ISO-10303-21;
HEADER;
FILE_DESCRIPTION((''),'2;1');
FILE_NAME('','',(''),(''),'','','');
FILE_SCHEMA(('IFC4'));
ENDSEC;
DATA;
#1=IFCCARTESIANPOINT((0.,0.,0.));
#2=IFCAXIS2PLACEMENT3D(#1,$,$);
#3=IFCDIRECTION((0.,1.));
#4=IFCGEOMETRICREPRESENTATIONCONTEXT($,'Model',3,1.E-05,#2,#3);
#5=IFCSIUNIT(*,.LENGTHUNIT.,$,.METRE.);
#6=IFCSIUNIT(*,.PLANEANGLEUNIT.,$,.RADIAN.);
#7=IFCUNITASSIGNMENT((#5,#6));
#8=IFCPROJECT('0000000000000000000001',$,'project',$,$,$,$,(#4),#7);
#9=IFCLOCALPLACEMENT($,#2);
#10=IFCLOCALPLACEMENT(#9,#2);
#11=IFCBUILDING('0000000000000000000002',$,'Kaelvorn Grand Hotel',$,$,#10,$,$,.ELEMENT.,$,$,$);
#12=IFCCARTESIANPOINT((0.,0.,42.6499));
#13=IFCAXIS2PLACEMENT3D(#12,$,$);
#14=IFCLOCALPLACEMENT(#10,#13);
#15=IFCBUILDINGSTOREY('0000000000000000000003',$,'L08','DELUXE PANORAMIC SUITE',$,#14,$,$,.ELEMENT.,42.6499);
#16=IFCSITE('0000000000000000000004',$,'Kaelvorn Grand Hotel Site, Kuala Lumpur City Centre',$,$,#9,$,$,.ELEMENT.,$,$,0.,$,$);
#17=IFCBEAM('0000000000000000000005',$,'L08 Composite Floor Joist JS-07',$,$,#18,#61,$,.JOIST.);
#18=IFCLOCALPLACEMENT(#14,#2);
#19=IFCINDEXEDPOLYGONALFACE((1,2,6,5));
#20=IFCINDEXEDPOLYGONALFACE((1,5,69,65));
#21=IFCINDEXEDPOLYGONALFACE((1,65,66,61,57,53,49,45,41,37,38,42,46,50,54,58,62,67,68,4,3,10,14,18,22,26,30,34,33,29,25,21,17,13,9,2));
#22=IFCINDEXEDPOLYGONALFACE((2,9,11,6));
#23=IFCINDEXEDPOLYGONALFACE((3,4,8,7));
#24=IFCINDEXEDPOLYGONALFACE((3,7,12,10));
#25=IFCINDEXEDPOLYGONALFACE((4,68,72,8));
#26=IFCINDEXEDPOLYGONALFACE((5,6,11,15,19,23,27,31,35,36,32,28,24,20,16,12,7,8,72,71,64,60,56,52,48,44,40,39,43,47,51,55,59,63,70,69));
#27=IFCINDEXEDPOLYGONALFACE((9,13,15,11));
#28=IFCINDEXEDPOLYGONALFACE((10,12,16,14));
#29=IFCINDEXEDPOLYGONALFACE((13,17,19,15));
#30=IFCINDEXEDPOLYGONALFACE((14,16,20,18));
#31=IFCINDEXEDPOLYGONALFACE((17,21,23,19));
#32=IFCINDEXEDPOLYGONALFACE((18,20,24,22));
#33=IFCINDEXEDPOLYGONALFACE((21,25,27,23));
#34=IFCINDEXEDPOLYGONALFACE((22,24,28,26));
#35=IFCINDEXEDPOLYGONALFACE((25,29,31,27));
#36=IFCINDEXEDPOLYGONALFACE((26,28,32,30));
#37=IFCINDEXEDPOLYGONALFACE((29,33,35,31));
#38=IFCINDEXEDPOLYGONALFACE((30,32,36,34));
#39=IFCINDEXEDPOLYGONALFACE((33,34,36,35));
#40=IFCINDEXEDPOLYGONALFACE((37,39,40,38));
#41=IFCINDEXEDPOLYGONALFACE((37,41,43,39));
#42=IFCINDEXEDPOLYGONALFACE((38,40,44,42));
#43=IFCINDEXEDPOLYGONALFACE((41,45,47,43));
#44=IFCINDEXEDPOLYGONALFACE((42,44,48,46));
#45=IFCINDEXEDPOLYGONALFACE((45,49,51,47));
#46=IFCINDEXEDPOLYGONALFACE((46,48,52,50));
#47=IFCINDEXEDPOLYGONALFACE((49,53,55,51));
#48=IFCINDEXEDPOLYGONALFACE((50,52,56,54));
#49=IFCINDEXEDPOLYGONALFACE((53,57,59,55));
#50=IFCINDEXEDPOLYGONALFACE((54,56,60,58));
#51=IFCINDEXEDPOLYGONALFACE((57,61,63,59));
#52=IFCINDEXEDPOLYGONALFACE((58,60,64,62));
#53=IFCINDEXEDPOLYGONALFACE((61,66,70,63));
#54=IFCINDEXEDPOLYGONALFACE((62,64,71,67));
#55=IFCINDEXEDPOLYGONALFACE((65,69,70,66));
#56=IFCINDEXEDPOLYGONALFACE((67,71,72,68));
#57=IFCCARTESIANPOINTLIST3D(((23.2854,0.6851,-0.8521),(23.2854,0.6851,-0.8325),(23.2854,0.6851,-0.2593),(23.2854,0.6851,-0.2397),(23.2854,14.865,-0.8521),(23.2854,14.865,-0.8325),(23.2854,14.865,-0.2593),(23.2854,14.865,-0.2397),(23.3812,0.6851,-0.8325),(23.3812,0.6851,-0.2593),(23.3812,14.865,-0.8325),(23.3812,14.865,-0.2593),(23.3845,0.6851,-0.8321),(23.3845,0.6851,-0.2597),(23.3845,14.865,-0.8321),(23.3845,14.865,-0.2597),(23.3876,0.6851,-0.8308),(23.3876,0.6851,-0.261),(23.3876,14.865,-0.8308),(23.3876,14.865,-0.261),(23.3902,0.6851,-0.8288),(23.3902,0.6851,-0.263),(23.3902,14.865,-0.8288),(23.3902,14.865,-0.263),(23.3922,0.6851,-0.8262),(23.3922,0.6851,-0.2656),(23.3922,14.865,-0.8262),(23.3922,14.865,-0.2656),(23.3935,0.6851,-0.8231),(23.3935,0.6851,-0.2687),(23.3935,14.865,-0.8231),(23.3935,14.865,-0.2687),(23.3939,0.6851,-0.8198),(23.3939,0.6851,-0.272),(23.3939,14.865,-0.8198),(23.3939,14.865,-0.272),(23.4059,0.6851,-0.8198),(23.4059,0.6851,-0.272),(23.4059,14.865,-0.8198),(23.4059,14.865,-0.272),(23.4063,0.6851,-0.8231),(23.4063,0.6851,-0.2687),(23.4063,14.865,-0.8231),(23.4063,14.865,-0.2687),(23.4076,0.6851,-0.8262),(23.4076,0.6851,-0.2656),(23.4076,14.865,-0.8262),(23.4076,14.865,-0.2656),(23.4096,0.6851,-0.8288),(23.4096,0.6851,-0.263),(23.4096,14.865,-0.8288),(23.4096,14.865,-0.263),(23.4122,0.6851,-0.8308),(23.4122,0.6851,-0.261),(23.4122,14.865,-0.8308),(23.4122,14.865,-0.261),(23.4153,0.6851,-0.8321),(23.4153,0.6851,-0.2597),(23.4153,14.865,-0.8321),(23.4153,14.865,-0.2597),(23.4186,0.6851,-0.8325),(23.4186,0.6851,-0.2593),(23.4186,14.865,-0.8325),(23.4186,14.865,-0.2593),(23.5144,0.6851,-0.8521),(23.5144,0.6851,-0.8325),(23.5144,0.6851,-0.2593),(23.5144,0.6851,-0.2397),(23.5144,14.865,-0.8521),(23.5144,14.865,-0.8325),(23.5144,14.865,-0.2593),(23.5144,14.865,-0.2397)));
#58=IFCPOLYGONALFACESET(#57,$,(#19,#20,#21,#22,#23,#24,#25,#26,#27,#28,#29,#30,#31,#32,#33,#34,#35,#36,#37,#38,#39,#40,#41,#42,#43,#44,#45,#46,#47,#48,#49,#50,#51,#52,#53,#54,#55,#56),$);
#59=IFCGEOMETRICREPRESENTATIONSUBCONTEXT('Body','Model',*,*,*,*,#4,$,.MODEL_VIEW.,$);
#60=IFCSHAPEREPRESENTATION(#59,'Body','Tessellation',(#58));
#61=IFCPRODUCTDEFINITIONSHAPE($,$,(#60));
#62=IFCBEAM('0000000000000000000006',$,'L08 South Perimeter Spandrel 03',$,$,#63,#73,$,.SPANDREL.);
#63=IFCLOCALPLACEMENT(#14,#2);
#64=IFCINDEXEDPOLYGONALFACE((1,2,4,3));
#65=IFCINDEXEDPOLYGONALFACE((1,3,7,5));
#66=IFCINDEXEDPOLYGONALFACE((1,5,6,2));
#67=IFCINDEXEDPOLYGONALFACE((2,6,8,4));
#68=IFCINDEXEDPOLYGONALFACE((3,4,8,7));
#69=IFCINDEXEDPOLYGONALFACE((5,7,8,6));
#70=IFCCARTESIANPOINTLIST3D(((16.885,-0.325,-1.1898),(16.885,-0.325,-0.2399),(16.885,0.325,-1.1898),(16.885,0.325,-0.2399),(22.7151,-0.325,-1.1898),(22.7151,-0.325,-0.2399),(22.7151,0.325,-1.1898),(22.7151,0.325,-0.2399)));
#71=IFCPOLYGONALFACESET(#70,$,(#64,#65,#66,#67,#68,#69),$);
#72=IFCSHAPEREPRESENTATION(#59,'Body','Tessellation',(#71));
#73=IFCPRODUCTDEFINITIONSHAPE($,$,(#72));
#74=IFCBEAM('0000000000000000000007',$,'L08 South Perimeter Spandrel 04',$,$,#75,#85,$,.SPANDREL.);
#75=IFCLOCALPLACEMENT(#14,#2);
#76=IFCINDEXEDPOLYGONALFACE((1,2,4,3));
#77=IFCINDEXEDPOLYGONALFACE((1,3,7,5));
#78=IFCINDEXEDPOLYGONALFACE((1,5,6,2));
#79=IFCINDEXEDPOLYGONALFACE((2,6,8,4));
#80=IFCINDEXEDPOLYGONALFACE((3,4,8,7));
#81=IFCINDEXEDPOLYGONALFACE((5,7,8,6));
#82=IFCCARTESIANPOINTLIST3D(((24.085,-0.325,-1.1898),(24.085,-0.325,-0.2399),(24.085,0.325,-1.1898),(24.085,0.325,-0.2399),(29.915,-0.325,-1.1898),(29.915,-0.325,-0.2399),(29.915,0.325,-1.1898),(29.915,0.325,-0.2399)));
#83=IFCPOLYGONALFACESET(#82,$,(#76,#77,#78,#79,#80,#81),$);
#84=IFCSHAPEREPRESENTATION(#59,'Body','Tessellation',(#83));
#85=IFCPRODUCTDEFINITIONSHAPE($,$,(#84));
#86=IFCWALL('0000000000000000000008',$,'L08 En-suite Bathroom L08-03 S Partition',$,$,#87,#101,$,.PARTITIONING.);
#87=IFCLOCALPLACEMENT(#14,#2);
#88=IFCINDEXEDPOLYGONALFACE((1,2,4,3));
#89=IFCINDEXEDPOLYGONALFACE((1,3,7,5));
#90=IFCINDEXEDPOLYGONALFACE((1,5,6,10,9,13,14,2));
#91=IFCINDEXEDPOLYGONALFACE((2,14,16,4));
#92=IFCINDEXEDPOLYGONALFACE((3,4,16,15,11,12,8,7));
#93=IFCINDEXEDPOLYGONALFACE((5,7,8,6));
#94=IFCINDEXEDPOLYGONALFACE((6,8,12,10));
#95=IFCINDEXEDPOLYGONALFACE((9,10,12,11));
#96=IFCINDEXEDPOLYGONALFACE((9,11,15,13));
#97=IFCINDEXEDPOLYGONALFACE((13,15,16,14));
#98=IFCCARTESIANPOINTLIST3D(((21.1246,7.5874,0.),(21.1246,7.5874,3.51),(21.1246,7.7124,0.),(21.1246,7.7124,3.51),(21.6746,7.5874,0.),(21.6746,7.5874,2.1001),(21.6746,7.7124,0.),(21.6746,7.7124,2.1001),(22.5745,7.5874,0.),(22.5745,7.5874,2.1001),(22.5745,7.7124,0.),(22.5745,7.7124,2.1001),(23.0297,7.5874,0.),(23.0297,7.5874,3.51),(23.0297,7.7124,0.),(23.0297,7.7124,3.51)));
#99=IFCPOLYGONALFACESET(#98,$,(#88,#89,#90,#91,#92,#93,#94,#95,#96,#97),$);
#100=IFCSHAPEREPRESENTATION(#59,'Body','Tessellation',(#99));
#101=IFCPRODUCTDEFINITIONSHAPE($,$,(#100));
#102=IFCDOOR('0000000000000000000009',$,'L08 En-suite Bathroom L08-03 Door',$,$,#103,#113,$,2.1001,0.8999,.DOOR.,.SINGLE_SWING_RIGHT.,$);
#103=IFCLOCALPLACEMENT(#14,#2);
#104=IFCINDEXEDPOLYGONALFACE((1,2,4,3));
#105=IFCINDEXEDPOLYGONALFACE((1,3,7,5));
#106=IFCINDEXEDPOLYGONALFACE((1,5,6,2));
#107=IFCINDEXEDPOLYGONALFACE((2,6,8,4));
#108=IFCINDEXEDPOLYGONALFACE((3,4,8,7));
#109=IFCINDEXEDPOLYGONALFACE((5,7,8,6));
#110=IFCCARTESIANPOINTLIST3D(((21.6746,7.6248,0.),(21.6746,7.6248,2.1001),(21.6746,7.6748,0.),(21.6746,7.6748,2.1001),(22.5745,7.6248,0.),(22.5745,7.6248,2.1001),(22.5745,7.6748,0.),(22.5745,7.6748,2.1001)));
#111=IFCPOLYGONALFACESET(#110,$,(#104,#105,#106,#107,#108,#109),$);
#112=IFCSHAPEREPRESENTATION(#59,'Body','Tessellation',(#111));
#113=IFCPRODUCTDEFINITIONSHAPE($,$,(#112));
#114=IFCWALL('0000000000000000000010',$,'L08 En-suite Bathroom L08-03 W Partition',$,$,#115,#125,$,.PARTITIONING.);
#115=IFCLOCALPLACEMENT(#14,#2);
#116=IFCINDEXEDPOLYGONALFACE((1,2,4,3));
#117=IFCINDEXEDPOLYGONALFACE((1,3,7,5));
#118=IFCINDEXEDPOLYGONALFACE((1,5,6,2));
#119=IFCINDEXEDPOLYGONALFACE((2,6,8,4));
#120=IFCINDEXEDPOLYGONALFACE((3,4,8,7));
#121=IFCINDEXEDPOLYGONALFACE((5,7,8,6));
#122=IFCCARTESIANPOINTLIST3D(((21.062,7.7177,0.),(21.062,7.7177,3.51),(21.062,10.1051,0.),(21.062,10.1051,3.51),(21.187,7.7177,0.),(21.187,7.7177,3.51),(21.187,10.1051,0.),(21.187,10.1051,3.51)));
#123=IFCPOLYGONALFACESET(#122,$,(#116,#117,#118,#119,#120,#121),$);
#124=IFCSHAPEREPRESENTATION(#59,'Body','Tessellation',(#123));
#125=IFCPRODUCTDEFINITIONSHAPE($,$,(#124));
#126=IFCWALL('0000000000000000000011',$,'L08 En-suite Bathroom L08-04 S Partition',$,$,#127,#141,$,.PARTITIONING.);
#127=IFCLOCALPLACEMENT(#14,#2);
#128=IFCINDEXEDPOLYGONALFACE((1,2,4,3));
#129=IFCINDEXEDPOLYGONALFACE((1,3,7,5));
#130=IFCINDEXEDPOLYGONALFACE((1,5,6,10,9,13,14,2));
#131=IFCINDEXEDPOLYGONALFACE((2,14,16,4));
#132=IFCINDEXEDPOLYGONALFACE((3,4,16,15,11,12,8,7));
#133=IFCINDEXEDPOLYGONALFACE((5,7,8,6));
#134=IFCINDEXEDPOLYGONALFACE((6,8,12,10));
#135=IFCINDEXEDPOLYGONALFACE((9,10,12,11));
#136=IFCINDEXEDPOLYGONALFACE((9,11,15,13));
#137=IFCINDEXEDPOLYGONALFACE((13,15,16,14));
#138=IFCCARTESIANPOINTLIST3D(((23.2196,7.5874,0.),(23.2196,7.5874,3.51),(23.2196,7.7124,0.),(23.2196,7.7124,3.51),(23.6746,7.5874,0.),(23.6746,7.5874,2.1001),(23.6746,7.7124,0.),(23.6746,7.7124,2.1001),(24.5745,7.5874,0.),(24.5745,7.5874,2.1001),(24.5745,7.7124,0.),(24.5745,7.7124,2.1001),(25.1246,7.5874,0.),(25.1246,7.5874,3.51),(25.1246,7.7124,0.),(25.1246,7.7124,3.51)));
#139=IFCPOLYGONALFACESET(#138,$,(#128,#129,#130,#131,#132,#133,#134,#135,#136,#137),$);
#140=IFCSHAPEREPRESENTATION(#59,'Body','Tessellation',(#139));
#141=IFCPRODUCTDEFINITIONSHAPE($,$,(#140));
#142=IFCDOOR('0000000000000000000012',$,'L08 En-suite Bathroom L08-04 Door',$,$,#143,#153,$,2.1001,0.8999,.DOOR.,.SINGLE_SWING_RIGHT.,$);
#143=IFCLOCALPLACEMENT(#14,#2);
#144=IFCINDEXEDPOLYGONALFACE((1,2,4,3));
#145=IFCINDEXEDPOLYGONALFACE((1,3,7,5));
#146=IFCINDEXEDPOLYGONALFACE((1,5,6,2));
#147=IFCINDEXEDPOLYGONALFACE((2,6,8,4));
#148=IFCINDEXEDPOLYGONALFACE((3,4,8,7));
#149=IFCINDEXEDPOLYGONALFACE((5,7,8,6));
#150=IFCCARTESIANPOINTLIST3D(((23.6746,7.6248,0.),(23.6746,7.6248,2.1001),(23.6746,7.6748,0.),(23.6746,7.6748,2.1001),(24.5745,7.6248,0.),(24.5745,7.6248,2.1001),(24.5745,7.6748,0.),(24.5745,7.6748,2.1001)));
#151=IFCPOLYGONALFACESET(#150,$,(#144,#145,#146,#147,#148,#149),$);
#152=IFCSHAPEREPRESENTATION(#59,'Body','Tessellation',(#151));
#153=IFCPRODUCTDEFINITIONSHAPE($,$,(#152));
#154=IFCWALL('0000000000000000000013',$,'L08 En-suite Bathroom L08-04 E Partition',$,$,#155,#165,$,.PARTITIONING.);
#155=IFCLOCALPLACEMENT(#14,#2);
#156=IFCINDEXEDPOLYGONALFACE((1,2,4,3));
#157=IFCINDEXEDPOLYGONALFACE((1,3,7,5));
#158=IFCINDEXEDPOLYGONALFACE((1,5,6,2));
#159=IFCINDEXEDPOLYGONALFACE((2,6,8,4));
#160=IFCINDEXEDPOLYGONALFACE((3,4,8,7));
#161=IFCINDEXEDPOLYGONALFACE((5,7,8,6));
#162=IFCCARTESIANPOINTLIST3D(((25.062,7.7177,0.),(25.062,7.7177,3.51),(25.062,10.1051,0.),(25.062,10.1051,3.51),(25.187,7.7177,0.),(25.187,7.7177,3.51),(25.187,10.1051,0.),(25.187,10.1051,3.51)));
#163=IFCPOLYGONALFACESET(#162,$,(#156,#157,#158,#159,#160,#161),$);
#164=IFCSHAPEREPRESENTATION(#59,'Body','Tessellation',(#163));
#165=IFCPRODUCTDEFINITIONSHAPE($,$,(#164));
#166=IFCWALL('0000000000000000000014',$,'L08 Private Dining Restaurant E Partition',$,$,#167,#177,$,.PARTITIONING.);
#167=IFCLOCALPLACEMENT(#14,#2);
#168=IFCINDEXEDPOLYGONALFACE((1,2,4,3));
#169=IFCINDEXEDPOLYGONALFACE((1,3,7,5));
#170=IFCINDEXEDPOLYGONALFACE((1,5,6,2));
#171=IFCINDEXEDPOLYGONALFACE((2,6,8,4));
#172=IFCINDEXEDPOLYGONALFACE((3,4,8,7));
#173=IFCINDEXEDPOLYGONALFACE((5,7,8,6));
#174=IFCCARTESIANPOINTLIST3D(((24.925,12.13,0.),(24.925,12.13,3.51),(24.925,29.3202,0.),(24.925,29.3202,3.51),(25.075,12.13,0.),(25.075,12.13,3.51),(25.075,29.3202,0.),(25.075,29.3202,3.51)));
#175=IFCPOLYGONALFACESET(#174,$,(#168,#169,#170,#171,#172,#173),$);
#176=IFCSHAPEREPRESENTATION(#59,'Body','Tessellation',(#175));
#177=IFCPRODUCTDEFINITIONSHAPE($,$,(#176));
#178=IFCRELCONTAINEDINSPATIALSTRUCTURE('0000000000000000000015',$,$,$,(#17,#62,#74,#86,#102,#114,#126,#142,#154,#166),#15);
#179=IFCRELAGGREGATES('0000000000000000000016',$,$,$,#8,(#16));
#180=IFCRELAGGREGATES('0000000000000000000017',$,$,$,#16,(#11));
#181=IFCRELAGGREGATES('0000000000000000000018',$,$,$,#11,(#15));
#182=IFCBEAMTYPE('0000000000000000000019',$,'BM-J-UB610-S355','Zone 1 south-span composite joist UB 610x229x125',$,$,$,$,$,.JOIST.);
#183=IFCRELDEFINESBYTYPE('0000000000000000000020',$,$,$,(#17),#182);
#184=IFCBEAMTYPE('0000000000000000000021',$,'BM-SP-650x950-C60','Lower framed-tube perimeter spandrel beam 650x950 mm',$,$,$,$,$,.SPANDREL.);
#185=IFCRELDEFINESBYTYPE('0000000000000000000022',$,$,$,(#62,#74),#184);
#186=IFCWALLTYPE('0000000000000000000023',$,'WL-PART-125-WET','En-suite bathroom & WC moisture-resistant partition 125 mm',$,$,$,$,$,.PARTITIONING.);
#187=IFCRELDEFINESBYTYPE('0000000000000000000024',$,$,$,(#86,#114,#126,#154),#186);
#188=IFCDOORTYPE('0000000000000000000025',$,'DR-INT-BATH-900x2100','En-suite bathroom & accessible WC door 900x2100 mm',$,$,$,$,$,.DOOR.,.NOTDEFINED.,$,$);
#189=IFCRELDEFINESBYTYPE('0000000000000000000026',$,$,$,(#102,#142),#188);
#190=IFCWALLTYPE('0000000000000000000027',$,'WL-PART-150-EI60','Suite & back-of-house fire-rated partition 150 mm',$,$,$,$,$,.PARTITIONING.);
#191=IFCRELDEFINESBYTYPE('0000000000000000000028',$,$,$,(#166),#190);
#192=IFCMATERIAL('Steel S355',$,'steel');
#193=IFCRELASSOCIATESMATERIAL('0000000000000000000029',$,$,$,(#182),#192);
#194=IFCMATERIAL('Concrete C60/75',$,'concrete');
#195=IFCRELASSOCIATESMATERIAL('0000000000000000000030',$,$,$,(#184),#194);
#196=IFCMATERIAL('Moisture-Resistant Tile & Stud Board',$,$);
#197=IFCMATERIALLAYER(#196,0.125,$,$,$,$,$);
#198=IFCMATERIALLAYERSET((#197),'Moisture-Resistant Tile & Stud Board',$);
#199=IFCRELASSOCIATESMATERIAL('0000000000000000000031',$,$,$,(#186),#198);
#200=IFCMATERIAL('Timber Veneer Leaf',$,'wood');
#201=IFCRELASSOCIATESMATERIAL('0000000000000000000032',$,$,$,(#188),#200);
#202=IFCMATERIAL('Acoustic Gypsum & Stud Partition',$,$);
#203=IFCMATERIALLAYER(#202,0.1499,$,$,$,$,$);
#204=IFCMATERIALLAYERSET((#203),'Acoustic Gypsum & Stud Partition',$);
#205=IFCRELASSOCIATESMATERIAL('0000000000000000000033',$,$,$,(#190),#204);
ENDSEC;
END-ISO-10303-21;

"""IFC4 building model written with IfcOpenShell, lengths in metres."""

from ifc_helpers import new_model, si_unit, direction, frame, frame_2d, origin, origin_2d, place, context, subcontext, project, spatial, rectangle, i_section, extrude, material, layer, layer_set, material_profile, profile_set, type_object, element, fill, save


model = new_model("IFC4")

# Units and contexts
model_context = context("Model", 3, precision=1e-05, world=origin(), true_north=direction((0.0, 1.0)))
body_context = subcontext(model_context, "Body", "Model", "MODEL_VIEW")
ifc_project = project(units=[si_unit("LENGTHUNIT", "METRE"), si_unit("PLANEANGLEUNIT", "RADIAN")], contexts=[model_context])

# Site, building, storey
site_placement = place(None, origin())
site = spatial("IfcSite", under=ifc_project, at=site_placement, Name="Kaelvorn Grand Hotel Site, Kuala Lumpur City Centre", CompositionType="ELEMENT", RefElevation=0.0)
building_placement = place(site_placement, origin())
building = spatial("IfcBuilding", under=site, at=building_placement, Name="Kaelvorn Grand Hotel", CompositionType="ELEMENT")
storey_placement = place(building_placement, frame((0.0, 0.0, 42.6499)))
storey = spatial("IfcBuildingStorey", under=building, at=storey_placement, Name="L08", Description="DELUXE PANORAMIC SUITE", CompositionType="ELEMENT", Elevation=42.6499)

# Beams
ifc_material_1 = material(Name="Steel S355", Category="steel")
ifc_material_profile_1 = material_profile(ifc_material_1, i_section(OverallWidth=0.229, OverallDepth=0.6123, WebThickness=0.012, FlangeThickness=0.0195, FilletRadius=0.0127, at=origin_2d()), Name="UB 610x229x125")
ifc_profile_set_1 = profile_set([ifc_material_profile_1], Name="Steel S355")
beam_type_1 = type_object("IfcBeamType", Name="BM-J-UB610-S355", Description="Zone 1 south-span composite joist UB 610x229x125", PredefinedType="JOIST", material=ifc_profile_set_1)
beam_1_placement = place(storey_placement, frame((23.3999, 0.6851, -0.5459), z_axis=(0.0, 1.0, 0.0), x_axis=(-1.0, 0.0, 0.0)))
element("IfcBeam", 1, at=beam_1_placement, inside=storey, type_object=beam_type_1, Name="L08 Composite Floor Joist JS-07", PredefinedType="JOIST", context=body_context, shape_type="SweptSolid", body=[
    extrude(i_section(OverallWidth=0.229, OverallDepth=0.6123, WebThickness=0.012, FlangeThickness=0.0195, FilletRadius=0.0127, at=origin_2d()), origin(), (0.0, 0.0, 1.0), 14.1799),
])
ifc_material_2 = material(Name="Concrete C60/75", Category="concrete")
ifc_material_profile_2 = material_profile(ifc_material_2, rectangle(XDim=0.6499, YDim=0.95, at=origin_2d()), Name="RC SPANDREL 650x950")
ifc_profile_set_2 = profile_set([ifc_material_profile_2], Name="Concrete C60/75")
beam_type_2 = type_object("IfcBeamType", Name="BM-SP-650x950-C60", Description="Lower framed-tube perimeter spandrel beam 650x950 mm", PredefinedType="SPANDREL", material=ifc_profile_set_2)
for number, where, z_axis, x_axis, name in (
    (2, (16.885, 0.0, -0.7148), (1.0, 0.0, 0.0), (0.0, 1.0, 0.0), "L08 South Perimeter Spandrel 03"),
    (3, (24.085, 0.0, -0.7148), (1.0, 0.0, 0.0), (0.0, 1.0, 0.0), "L08 South Perimeter Spandrel 04"),
):
    element("IfcBeam", number, at=place(storey_placement, frame(where, z_axis=z_axis, x_axis=x_axis)), inside=storey, type_object=beam_type_2, Name=name, PredefinedType="SPANDREL", context=body_context, shape_type="SweptSolid", body=[
        extrude(rectangle(XDim=0.6499, YDim=0.95, at=origin_2d()), origin(), (0.0, 0.0, 1.0), 5.8301),
    ])

# Wall, opening, door
ifc_material_3 = material(Name="Moisture-Resistant Tile & Stud Board")
ifc_layer_1 = layer(ifc_material_3, 0.125)
ifc_layer_set_1 = layer_set([ifc_layer_1], Name="Moisture-Resistant Tile & Stud Board")
wall_type_1 = type_object("IfcWallType", Name="WL-PART-125-WET", Description="En-suite bathroom & WC moisture-resistant partition 125 mm", PredefinedType="PARTITIONING", material=ifc_layer_set_1)
wall_1_placement = place(storey_placement, frame((21.1245, 7.6499, 0.0), z_axis=(0.0, 0.0, 1.0), x_axis=(1.0, 0.0, 0.0)))
wall_1 = element("IfcWall", 4, at=wall_1_placement, inside=storey, type_object=wall_type_1, Name="L08 En-suite Bathroom L08-03 S Partition", PredefinedType="PARTITIONING", context=body_context, shape_type="SweptSolid", body=[
    extrude(rectangle(XDim=1.905, YDim=0.125, at=frame_2d((0.9526, 0.0))), origin(), (0.0, 0.0, 1.0), 3.51),
])
opening_1_placement = place(wall_1_placement, frame((0.55, 0.0, 0.0)))
opening_1 = element("IfcOpeningElement", 5, at=opening_1_placement, cuts=wall_1, PredefinedType="OPENING", context=body_context, shape_type="SweptSolid", body=[
    extrude(rectangle(XDim=0.8999, YDim=2.1001, at=frame_2d((0.45, 1.05))), frame((0.0, 0.0725, 0.0), z_axis=(0.0, -1.0, 0.0), x_axis=(1.0, 0.0, 0.0)), (0.0, 0.0, 1.0), 0.145),
])
ifc_material_4 = material(Name="Timber Veneer Leaf", Category="wood")
door_type_1 = type_object("IfcDoorType", Name="DR-INT-BATH-900x2100", Description="En-suite bathroom & accessible WC door 900x2100 mm", OperationType="NOTDEFINED", PredefinedType="DOOR", material=ifc_material_4)
door_1_placement = place(opening_1_placement, origin())
door_1 = element("IfcDoor", 6, at=door_1_placement, inside=storey, type_object=door_type_1, Name="L08 En-suite Bathroom L08-03 Door", OperationType="SINGLE_SWING_RIGHT", OverallHeight=2.1001, OverallWidth=0.8999, PredefinedType="DOOR", context=body_context, shape_type="SweptSolid", body=[
    extrude(rectangle(XDim=0.8999, YDim=2.1001, at=frame_2d((0.45, 1.05))), frame((0.0, 0.0249, 0.0), z_axis=(0.0, -1.0, 0.0), x_axis=(1.0, 0.0, 0.0)), (0.0, 0.0, 1.0), 0.05),
])
fill(opening_1, door_1)

# Wall
wall_2_placement = place(storey_placement, frame((21.1245, 7.7175, 0.0), z_axis=(0.0, 0.0, 1.0), x_axis=(0.0, 1.0, 0.0)))
element("IfcWall", 7, at=wall_2_placement, inside=storey, type_object=wall_type_1, Name="L08 En-suite Bathroom L08-03 W Partition", PredefinedType="PARTITIONING", context=body_context, shape_type="SweptSolid", body=[
    extrude(rectangle(XDim=2.3875, YDim=0.125, at=frame_2d((1.1938, 0.0))), origin(), (0.0, 0.0, 1.0), 3.51),
])

# Wall, opening, door
wall_3_placement = place(storey_placement, frame((23.2195, 7.6499, 0.0), z_axis=(0.0, 0.0, 1.0), x_axis=(1.0, 0.0, 0.0)))
wall_3 = element("IfcWall", 8, at=wall_3_placement, inside=storey, type_object=wall_type_1, Name="L08 En-suite Bathroom L08-04 S Partition", PredefinedType="PARTITIONING", context=body_context, shape_type="SweptSolid", body=[
    extrude(rectangle(XDim=1.905, YDim=0.125, at=frame_2d((0.9526, 0.0))), origin(), (0.0, 0.0, 1.0), 3.51),
])
opening_2_placement = place(wall_3_placement, frame((0.4551, 0.0, 0.0)))
opening_2 = element("IfcOpeningElement", 9, at=opening_2_placement, cuts=wall_3, PredefinedType="OPENING", context=body_context, shape_type="SweptSolid", body=[
    extrude(rectangle(XDim=0.8999, YDim=2.1001, at=frame_2d((0.45, 1.05))), frame((0.0, 0.0725, 0.0), z_axis=(0.0, -1.0, 0.0), x_axis=(1.0, 0.0, 0.0)), (0.0, 0.0, 1.0), 0.145),
])
door_2_placement = place(opening_2_placement, origin())
door_2 = element("IfcDoor", 10, at=door_2_placement, inside=storey, type_object=door_type_1, Name="L08 En-suite Bathroom L08-04 Door", OperationType="SINGLE_SWING_RIGHT", OverallHeight=2.1001, OverallWidth=0.8999, PredefinedType="DOOR", context=body_context, shape_type="SweptSolid", body=[
    extrude(rectangle(XDim=0.8999, YDim=2.1001, at=frame_2d((0.45, 1.05))), frame((0.0, 0.0249, 0.0), z_axis=(0.0, -1.0, 0.0), x_axis=(1.0, 0.0, 0.0)), (0.0, 0.0, 1.0), 0.05),
])
fill(opening_2, door_2)

# Walls
wall_4_placement = place(storey_placement, frame((25.1245, 7.7175, 0.0), z_axis=(0.0, 0.0, 1.0), x_axis=(0.0, 1.0, 0.0)))
element("IfcWall", 11, at=wall_4_placement, inside=storey, type_object=wall_type_1, Name="L08 En-suite Bathroom L08-04 E Partition", PredefinedType="PARTITIONING", context=body_context, shape_type="SweptSolid", body=[
    extrude(rectangle(XDim=2.3875, YDim=0.125, at=frame_2d((1.1938, 0.0))), origin(), (0.0, 0.0, 1.0), 3.51),
])
ifc_material_5 = material(Name="Acoustic Gypsum & Stud Partition")
ifc_layer_2 = layer(ifc_material_5, 0.1499)
ifc_layer_set_2 = layer_set([ifc_layer_2], Name="Acoustic Gypsum & Stud Partition")
wall_type_2 = type_object("IfcWallType", Name="WL-PART-150-EI60", Description="Suite & back-of-house fire-rated partition 150 mm", PredefinedType="PARTITIONING", material=ifc_layer_set_2)
wall_5_placement = place(storey_placement, frame((25.0, 12.1299, 0.0), z_axis=(0.0, 0.0, 1.0), x_axis=(0.0, 1.0, 0.0)))
element("IfcWall", 12, at=wall_5_placement, inside=storey, type_object=wall_type_2, Name="L08 Private Dining Restaurant E Partition", PredefinedType="PARTITIONING", context=body_context, shape_type="SweptSolid", body=[
    extrude(rectangle(XDim=17.1902, YDim=0.1499, at=frame_2d((8.5952, 0.0))), origin(), (0.0, 0.0, 1.0), 3.51),
])

save(model, "model.ifc")
